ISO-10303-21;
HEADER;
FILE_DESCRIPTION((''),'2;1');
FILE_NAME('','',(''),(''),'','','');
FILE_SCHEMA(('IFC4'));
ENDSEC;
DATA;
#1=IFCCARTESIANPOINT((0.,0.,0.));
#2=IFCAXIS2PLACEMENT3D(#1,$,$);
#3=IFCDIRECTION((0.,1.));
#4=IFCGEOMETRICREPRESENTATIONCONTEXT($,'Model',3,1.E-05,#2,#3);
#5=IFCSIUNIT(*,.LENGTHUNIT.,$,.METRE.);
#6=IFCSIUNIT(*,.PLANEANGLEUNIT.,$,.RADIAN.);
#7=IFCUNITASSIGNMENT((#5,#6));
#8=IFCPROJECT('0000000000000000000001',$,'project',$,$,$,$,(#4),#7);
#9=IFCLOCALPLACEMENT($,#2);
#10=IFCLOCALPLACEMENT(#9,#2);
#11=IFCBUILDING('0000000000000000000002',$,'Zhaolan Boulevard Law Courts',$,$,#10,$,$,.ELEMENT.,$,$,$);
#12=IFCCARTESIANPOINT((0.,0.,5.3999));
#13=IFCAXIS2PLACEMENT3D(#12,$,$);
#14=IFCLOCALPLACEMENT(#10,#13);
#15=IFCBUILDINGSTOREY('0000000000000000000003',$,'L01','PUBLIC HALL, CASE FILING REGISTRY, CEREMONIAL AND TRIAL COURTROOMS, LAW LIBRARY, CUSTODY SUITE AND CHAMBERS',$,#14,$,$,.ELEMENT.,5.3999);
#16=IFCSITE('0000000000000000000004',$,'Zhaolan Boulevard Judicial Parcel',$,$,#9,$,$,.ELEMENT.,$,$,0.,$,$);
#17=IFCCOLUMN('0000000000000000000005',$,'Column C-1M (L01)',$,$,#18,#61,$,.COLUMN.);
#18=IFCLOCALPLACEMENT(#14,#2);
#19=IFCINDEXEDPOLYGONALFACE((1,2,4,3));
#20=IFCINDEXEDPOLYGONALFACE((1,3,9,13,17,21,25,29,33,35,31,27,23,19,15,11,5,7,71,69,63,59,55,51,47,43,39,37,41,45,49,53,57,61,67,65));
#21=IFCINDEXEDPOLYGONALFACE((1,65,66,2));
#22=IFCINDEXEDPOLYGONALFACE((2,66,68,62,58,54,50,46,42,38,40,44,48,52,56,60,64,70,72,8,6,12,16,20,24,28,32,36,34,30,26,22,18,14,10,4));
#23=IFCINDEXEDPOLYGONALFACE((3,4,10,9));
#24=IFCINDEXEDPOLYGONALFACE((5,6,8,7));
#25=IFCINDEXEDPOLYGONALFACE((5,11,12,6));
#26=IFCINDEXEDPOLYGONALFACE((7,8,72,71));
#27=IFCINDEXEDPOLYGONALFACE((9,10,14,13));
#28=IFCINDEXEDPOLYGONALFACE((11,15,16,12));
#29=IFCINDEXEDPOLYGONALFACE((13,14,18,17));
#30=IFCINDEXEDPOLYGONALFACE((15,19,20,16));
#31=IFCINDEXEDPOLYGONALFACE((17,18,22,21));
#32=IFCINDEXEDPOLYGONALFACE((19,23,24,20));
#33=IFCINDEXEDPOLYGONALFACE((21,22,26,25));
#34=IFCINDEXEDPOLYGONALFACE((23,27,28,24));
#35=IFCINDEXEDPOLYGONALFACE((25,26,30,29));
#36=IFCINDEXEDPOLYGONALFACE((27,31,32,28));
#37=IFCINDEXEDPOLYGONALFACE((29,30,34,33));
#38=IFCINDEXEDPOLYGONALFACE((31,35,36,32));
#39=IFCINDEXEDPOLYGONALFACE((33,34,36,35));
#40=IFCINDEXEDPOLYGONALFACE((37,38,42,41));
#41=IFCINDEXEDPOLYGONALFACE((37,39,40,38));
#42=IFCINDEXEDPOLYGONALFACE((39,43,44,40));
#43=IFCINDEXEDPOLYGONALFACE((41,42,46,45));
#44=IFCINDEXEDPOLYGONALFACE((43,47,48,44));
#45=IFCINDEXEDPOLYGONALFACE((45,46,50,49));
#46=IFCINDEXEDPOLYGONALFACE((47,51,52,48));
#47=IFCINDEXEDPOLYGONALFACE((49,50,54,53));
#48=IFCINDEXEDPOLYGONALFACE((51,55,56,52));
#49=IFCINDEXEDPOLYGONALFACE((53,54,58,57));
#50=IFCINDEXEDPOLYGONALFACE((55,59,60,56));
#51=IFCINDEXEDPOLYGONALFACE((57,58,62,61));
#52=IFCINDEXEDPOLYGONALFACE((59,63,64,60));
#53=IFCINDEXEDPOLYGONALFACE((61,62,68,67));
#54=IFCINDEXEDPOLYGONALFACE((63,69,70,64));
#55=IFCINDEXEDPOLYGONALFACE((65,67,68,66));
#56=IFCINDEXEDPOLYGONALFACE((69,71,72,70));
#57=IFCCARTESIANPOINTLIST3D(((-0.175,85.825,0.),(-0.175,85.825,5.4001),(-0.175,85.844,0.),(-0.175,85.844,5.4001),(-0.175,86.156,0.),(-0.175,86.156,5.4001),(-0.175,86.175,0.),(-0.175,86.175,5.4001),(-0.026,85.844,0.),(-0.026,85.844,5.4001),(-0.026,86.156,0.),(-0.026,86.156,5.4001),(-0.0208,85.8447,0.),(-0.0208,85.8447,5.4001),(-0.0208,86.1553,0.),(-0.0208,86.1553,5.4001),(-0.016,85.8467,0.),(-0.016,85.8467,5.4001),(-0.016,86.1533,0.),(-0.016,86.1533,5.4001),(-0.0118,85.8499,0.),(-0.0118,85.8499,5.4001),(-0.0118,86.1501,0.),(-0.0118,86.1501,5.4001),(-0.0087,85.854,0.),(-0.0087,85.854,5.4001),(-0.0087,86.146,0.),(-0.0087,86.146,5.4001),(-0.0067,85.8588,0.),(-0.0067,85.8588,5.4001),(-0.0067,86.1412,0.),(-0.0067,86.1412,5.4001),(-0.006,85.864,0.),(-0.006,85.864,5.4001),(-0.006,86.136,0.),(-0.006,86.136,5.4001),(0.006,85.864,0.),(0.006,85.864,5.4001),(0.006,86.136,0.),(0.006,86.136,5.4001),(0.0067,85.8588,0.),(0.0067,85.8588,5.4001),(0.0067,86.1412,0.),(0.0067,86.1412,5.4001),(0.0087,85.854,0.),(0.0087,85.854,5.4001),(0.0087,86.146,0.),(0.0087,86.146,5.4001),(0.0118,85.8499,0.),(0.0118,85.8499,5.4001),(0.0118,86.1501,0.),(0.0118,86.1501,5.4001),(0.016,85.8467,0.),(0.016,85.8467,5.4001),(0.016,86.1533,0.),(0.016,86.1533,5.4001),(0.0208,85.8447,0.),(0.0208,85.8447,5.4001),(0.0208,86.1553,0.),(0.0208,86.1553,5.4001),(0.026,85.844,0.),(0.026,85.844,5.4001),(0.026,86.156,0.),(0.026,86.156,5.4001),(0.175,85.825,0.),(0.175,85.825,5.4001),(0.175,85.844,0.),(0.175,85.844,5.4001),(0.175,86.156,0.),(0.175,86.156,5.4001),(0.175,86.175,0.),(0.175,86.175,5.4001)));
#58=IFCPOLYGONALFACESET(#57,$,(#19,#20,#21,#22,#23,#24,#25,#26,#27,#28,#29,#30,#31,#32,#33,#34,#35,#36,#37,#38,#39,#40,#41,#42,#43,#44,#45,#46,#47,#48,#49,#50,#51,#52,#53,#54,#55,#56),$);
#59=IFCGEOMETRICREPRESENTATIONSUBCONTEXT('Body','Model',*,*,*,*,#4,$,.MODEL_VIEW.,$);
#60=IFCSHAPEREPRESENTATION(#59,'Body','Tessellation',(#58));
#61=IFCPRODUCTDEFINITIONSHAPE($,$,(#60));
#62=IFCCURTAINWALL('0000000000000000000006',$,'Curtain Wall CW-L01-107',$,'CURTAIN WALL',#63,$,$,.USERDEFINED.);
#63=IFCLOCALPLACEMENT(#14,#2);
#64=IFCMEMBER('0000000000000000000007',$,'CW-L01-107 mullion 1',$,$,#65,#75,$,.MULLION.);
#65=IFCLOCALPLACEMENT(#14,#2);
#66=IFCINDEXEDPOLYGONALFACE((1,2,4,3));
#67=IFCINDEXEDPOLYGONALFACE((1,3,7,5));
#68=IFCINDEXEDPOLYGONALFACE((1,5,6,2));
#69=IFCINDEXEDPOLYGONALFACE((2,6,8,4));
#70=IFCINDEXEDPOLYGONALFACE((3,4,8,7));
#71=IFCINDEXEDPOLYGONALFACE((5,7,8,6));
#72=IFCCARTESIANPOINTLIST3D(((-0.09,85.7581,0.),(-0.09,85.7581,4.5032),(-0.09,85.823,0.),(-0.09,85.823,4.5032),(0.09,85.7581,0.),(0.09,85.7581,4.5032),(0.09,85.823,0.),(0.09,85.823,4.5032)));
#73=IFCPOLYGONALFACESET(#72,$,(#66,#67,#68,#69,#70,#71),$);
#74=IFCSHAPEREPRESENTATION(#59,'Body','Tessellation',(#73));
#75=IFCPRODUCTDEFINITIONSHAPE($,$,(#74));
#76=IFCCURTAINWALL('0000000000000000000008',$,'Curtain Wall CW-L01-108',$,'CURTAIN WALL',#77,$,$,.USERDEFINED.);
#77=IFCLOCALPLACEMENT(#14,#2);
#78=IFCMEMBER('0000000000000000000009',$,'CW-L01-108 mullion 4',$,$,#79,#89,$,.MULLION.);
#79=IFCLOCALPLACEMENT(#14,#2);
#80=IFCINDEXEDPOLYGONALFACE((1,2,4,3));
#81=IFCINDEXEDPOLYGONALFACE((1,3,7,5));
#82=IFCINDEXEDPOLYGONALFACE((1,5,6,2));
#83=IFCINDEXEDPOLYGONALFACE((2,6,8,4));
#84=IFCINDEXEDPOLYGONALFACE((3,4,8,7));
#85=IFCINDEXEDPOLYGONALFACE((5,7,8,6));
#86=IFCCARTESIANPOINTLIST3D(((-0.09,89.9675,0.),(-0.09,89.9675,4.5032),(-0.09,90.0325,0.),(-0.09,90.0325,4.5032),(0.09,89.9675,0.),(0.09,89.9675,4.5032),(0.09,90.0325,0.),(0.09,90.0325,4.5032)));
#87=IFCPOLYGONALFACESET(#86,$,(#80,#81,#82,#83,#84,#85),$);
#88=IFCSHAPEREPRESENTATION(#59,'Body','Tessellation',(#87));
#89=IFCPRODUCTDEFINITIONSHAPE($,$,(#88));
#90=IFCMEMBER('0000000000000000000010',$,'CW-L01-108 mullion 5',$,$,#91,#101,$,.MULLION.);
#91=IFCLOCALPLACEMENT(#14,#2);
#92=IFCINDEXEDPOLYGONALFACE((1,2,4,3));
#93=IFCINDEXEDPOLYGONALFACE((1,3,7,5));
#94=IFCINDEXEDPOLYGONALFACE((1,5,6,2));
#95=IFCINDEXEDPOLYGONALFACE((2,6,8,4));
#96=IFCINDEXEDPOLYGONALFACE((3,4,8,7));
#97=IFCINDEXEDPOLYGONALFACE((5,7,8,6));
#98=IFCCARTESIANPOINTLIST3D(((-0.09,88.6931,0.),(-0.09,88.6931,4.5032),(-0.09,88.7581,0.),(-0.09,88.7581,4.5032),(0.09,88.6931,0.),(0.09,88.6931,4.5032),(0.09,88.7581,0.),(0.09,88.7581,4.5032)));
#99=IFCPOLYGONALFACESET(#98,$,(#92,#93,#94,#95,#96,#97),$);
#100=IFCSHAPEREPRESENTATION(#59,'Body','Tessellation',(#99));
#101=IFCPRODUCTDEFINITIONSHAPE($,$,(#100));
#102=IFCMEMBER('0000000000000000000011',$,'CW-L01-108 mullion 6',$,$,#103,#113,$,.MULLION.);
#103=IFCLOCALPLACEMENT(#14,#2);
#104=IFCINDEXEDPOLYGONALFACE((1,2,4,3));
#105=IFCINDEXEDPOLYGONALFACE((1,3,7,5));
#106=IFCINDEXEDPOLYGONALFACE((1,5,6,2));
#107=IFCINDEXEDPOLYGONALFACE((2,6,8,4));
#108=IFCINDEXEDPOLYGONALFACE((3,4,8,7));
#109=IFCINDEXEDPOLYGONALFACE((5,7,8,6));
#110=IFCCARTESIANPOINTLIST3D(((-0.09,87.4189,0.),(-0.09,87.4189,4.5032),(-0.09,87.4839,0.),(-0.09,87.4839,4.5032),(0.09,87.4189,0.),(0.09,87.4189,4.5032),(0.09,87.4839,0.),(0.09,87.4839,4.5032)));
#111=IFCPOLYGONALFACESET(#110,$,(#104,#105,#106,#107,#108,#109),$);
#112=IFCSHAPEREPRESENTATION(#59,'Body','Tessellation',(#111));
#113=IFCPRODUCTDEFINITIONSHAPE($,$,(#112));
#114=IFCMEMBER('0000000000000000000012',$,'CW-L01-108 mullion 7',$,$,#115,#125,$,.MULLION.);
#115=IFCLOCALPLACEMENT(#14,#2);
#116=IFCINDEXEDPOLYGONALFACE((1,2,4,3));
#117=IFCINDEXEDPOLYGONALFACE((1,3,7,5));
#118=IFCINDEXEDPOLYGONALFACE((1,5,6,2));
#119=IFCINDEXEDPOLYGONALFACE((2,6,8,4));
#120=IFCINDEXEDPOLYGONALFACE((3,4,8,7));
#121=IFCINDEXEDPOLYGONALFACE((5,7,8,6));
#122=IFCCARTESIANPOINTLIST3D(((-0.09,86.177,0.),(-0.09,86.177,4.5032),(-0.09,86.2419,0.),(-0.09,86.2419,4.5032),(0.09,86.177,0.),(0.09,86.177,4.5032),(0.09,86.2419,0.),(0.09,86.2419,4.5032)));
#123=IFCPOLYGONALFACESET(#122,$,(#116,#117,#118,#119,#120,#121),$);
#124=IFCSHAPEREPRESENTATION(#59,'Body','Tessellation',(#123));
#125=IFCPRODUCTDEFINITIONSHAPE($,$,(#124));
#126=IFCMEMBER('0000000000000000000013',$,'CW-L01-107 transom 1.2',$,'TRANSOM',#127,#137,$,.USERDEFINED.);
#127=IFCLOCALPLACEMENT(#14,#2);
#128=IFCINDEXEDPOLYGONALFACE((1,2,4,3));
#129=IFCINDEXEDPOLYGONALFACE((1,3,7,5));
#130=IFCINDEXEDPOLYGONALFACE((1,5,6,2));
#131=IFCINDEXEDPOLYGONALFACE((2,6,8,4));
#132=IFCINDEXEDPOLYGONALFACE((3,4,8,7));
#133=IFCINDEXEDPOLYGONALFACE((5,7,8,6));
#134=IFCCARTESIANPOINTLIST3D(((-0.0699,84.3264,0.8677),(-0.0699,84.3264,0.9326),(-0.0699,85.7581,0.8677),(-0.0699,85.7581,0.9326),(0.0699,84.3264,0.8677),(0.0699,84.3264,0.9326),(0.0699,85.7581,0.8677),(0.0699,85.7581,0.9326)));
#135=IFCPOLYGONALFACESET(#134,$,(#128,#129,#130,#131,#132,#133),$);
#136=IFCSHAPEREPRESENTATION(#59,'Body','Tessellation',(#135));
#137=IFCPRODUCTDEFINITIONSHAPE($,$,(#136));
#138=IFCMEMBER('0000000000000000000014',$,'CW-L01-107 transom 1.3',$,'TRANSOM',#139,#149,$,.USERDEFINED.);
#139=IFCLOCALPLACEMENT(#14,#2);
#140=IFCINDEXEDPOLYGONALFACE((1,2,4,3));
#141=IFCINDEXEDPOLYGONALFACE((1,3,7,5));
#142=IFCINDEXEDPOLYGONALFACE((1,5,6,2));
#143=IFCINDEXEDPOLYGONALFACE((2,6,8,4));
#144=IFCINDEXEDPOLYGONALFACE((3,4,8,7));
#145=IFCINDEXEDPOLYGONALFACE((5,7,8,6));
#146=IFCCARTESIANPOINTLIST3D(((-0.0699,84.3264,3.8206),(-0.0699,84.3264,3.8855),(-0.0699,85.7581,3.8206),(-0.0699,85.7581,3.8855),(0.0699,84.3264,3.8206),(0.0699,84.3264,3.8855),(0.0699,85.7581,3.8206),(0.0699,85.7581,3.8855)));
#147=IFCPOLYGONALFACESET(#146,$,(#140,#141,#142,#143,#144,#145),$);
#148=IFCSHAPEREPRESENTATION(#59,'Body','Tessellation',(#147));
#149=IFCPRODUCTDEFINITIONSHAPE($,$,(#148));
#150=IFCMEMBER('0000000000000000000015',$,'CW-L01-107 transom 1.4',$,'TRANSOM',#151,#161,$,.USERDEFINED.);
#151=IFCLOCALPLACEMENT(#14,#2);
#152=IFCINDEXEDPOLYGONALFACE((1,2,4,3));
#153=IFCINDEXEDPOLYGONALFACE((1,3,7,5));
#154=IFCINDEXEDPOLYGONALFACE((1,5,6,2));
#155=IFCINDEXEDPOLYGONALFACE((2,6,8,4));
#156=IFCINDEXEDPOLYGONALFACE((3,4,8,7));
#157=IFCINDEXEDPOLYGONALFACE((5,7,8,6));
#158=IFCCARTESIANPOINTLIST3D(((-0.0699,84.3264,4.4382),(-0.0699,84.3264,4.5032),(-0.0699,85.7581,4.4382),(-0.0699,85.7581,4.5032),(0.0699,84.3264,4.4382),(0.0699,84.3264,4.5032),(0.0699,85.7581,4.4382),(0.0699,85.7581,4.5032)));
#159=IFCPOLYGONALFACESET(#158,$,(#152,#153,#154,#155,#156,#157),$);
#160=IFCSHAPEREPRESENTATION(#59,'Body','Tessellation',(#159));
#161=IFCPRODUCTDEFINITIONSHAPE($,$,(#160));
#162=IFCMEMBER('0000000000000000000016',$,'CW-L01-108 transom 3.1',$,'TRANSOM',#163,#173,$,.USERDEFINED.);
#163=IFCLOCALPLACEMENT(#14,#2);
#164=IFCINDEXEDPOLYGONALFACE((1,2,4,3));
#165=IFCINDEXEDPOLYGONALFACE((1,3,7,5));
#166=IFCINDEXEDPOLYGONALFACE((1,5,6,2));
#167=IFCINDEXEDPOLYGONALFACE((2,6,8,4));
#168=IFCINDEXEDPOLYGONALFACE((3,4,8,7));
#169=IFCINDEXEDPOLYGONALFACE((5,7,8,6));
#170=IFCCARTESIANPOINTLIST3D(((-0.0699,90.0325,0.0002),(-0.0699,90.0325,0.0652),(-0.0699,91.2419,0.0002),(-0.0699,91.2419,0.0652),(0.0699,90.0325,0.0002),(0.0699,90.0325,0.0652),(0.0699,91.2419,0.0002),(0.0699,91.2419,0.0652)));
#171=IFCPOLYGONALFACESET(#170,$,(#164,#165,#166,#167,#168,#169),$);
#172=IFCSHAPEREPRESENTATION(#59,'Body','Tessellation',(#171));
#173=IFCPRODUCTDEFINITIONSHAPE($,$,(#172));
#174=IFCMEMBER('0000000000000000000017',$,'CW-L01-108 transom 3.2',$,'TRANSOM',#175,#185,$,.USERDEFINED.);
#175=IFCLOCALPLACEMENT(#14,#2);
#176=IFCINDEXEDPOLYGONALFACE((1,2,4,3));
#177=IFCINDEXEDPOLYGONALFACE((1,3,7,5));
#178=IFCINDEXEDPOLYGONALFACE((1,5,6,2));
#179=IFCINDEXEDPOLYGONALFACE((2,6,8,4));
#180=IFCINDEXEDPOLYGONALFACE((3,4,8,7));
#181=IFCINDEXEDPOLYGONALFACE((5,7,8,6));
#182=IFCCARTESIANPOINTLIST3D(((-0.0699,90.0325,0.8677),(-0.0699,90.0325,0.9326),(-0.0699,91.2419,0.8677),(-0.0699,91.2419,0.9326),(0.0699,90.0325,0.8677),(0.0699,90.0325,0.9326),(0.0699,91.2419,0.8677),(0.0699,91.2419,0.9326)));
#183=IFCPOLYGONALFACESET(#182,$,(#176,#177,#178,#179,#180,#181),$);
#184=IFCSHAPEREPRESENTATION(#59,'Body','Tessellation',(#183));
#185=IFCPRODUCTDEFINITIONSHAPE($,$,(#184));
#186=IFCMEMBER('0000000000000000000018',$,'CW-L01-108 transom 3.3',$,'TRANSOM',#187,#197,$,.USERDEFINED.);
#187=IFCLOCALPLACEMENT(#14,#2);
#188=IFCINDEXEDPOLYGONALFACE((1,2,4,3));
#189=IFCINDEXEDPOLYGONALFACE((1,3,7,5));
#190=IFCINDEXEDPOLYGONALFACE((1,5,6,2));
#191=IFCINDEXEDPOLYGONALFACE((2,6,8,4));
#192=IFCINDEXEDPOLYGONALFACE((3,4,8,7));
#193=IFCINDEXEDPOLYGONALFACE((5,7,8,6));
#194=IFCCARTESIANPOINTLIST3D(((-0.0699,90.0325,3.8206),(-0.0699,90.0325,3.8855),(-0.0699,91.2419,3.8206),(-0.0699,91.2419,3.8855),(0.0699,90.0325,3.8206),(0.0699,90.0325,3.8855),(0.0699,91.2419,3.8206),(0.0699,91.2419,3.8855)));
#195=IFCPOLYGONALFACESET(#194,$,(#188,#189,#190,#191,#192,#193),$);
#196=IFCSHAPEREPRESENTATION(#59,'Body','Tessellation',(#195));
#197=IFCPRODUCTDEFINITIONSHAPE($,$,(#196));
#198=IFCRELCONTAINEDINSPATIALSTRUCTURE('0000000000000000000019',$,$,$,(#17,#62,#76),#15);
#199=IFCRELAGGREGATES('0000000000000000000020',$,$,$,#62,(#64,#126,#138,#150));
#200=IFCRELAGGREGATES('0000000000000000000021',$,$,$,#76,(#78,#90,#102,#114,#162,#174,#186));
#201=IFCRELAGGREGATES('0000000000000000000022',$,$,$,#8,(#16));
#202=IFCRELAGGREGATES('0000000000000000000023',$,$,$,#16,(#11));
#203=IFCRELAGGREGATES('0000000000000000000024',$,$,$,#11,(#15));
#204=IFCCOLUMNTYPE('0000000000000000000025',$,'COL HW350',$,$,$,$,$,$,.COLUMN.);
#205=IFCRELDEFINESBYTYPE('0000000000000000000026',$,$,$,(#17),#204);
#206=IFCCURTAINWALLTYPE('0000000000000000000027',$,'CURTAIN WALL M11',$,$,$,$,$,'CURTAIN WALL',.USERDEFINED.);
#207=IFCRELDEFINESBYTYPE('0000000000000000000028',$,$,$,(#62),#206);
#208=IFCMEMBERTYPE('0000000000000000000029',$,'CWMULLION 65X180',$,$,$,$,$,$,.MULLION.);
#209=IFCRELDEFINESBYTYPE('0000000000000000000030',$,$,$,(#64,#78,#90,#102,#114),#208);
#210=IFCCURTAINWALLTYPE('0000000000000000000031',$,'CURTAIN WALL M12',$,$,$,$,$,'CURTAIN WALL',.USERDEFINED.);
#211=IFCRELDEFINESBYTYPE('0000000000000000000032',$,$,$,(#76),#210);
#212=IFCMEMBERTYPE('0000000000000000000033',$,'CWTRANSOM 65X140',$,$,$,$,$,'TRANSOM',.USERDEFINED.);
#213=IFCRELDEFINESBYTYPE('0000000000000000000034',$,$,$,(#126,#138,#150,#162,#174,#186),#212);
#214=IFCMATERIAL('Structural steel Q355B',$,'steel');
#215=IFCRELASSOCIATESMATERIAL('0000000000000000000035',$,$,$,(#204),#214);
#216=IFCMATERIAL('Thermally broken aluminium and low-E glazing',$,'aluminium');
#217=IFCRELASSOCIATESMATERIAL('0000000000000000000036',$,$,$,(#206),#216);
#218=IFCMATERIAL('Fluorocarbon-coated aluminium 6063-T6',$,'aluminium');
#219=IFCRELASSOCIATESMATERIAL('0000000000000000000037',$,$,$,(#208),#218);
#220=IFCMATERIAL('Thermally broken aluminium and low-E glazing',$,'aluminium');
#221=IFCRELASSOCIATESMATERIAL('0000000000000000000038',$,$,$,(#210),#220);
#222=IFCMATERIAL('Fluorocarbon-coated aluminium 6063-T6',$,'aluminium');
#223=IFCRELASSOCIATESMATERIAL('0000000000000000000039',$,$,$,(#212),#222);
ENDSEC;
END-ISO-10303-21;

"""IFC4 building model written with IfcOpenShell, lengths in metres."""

from ifc_helpers import new_model, si_unit, direction, frame, origin, origin_2d, place, context, subcontext, project, spatial, rectangle, i_section, extrude, material, material_profile, profile_set, type_object, element, aggregate, save


model = new_model("IFC4")

# Units and contexts
model_context = context("Model", 3, precision=1e-05, world=origin(), true_north=direction((0.0, 1.0)))
body_context = subcontext(model_context, "Body", "Model", "MODEL_VIEW")
ifc_project = project(units=[si_unit("LENGTHUNIT", "METRE"), si_unit("PLANEANGLEUNIT", "RADIAN")], contexts=[model_context])

# Site, building, storey
site_placement = place(None, origin())
site = spatial("IfcSite", under=ifc_project, at=site_placement, Name="Zhaolan Boulevard Judicial Parcel", CompositionType="ELEMENT", RefElevation=0.0)
building_placement = place(site_placement, origin())
building = spatial("IfcBuilding", under=site, at=building_placement, Name="Zhaolan Boulevard Law Courts", CompositionType="ELEMENT")
storey_placement = place(building_placement, frame((0.0, 0.0, 5.3999)))
storey = spatial("IfcBuildingStorey", under=building, at=storey_placement, Name="L01", Description="PUBLIC HALL, CASE FILING REGISTRY, CEREMONIAL AND TRIAL COURTROOMS, LAW LIBRARY, CUSTODY SUITE AND CHAMBERS", CompositionType="ELEMENT", Elevation=5.3999)

# Column
ifc_material_1 = material(Name="Structural steel Q355B", Category="steel")
ifc_material_profile_1 = material_profile(ifc_material_1, i_section(OverallWidth=0.3501, OverallDepth=0.3501, WebThickness=0.012, FlangeThickness=0.019, FilletRadius=0.02, at=origin_2d()), Name="HW350x350")
ifc_profile_set_1 = profile_set([ifc_material_profile_1], Name="Structural steel Q355B")
column_type = type_object("IfcColumnType", Name="COL HW350", PredefinedType="COLUMN", material=ifc_profile_set_1)
column_placement = place(storey_placement, frame((0.0, 86.0, 0.0), z_axis=(0.0, 0.0, 1.0), x_axis=(1.0, 0.0, 0.0)))
element("IfcColumn", 1, at=column_placement, inside=storey, type_object=column_type, Name="Column C-1M (L01)", PredefinedType="COLUMN", context=body_context, shape_type="SweptSolid", body=[
    extrude(i_section(OverallWidth=0.3501, OverallDepth=0.3501, WebThickness=0.012, FlangeThickness=0.019, FilletRadius=0.02, at=origin_2d()), origin(), (0.0, 0.0, 1.0), 5.4001),
])

# Curtain wall, member
ifc_material_2 = material(Name="Thermally broken aluminium and low-E glazing", Category="aluminium")
curtain_wall_type_1 = type_object("IfcCurtainWallType", Name="CURTAIN WALL M11", ElementType="CURTAIN WALL", PredefinedType="USERDEFINED", material=ifc_material_2)
curtain_wall_1_placement = place(storey_placement, origin())
curtain_wall_1 = element("IfcCurtainWall", 2, at=curtain_wall_1_placement, inside=storey, type_object=curtain_wall_type_1, Name="Curtain Wall CW-L01-107", ObjectType="CURTAIN WALL", PredefinedType="USERDEFINED")
ifc_material_3 = material(Name="Fluorocarbon-coated aluminium 6063-T6", Category="aluminium")
ifc_material_profile_2 = material_profile(ifc_material_3, rectangle(XDim=0.1799, YDim=0.0649, at=origin_2d()), Name="AL65x180")
ifc_profile_set_2 = profile_set([ifc_material_profile_2], Name="Fluorocarbon-coated aluminium 6063-T6")
member_type_1 = type_object("IfcMemberType", Name="CWMULLION 65X180", PredefinedType="MULLION", material=ifc_profile_set_2)
member_1_placement = place(storey_placement, frame((0.0, 85.7905, 0.0), z_axis=(0.0, 0.0, 1.0), x_axis=(1.0, 0.0, 0.0)))
member_1 = element("IfcMember", 3, at=member_1_placement, type_object=member_type_1, Name="CW-L01-107 mullion 1", PredefinedType="MULLION", context=body_context, shape_type="SweptSolid", body=[
    extrude(rectangle(XDim=0.1799, YDim=0.0649, at=origin_2d()), origin(), (0.0, 0.0, 1.0), 4.5032),
])

# Curtain wall, members
ifc_material_4 = material(Name="Thermally broken aluminium and low-E glazing", Category="aluminium")
curtain_wall_type_2 = type_object("IfcCurtainWallType", Name="CURTAIN WALL M12", ElementType="CURTAIN WALL", PredefinedType="USERDEFINED", material=ifc_material_4)
curtain_wall_2_placement = place(storey_placement, origin())
curtain_wall_2 = element("IfcCurtainWall", 4, at=curtain_wall_2_placement, inside=storey, type_object=curtain_wall_type_2, Name="Curtain Wall CW-L01-108", ObjectType="CURTAIN WALL", PredefinedType="USERDEFINED")
member_2_placement = place(storey_placement, frame((0.0, 90.0, 0.0), z_axis=(0.0, 0.0, 1.0), x_axis=(1.0, 0.0, 0.0)))
member_2 = element("IfcMember", 5, at=member_2_placement, type_object=member_type_1, Name="CW-L01-108 mullion 4", PredefinedType="MULLION", context=body_context, shape_type="SweptSolid", body=[
    extrude(rectangle(XDim=0.1799, YDim=0.0649, at=origin_2d()), origin(), (0.0, 0.0, 1.0), 4.5032),
])
member_3_placement = place(storey_placement, frame((0.0, 88.7256, 0.0), z_axis=(0.0, 0.0, 1.0), x_axis=(1.0, 0.0, 0.0)))
member_3 = element("IfcMember", 6, at=member_3_placement, type_object=member_type_1, Name="CW-L01-108 mullion 5", PredefinedType="MULLION", context=body_context, shape_type="SweptSolid", body=[
    extrude(rectangle(XDim=0.1799, YDim=0.0649, at=origin_2d()), origin(), (0.0, 0.0, 1.0), 4.5032),
])
member_4_placement = place(storey_placement, frame((0.0, 87.4514, 0.0), z_axis=(0.0, 0.0, 1.0), x_axis=(1.0, 0.0, 0.0)))
member_4 = element("IfcMember", 7, at=member_4_placement, type_object=member_type_1, Name="CW-L01-108 mullion 6", PredefinedType="MULLION", context=body_context, shape_type="SweptSolid", body=[
    extrude(rectangle(XDim=0.1799, YDim=0.0649, at=origin_2d()), origin(), (0.0, 0.0, 1.0), 4.5032),
])
member_5_placement = place(storey_placement, frame((0.0, 86.2095, 0.0), z_axis=(0.0, 0.0, 1.0), x_axis=(1.0, 0.0, 0.0)))
member_5 = element("IfcMember", 8, at=member_5_placement, type_object=member_type_1, Name="CW-L01-108 mullion 7", PredefinedType="MULLION", context=body_context, shape_type="SweptSolid", body=[
    extrude(rectangle(XDim=0.1799, YDim=0.0649, at=origin_2d()), origin(), (0.0, 0.0, 1.0), 4.5032),
])

# Members
ifc_material_5 = material(Name="Fluorocarbon-coated aluminium 6063-T6", Category="aluminium")
ifc_material_profile_3 = material_profile(ifc_material_5, rectangle(XDim=0.1399, YDim=0.0649, at=origin_2d()), Name="AL65x140")
ifc_profile_set_3 = profile_set([ifc_material_profile_3], Name="Fluorocarbon-coated aluminium 6063-T6")
member_type_2 = type_object("IfcMemberType", Name="CWTRANSOM 65X140", ElementType="TRANSOM", PredefinedType="USERDEFINED", material=ifc_profile_set_3)
member_6_placement = place(storey_placement, frame((0.0, 85.7581, 0.9001), z_axis=(0.0, -1.0, 0.0), x_axis=(1.0, 0.0, 0.0)))
member_6 = element("IfcMember", 9, at=member_6_placement, type_object=member_type_2, Name="CW-L01-107 transom 1.2", ObjectType="TRANSOM", PredefinedType="USERDEFINED", context=body_context, shape_type="SweptSolid", body=[
    extrude(rectangle(XDim=0.1399, YDim=0.0649, at=origin_2d()), origin(), (0.0, 0.0, 1.0), 1.4316),
])
member_7_placement = place(storey_placement, frame((0.0, 85.7581, 3.853), z_axis=(0.0, -1.0, 0.0), x_axis=(1.0, 0.0, 0.0)))
member_7 = element("IfcMember", 10, at=member_7_placement, type_object=member_type_2, Name="CW-L01-107 transom 1.3", ObjectType="TRANSOM", PredefinedType="USERDEFINED", context=body_context, shape_type="SweptSolid", body=[
    extrude(rectangle(XDim=0.1399, YDim=0.0649, at=origin_2d()), origin(), (0.0, 0.0, 1.0), 1.4316),
])
member_8_placement = place(storey_placement, frame((0.0, 85.7581, 4.4707), z_axis=(0.0, -1.0, 0.0), x_axis=(1.0, 0.0, 0.0)))
member_8 = element("IfcMember", 11, at=member_8_placement, type_object=member_type_2, Name="CW-L01-107 transom 1.4", ObjectType="TRANSOM", PredefinedType="USERDEFINED", context=body_context, shape_type="SweptSolid", body=[
    extrude(rectangle(XDim=0.1399, YDim=0.0649, at=origin_2d()), origin(), (0.0, 0.0, 1.0), 1.4316),
])
aggregate(curtain_wall_1, [member_1, member_6, member_7, member_8])
member_9_placement = place(storey_placement, frame((0.0, 91.2419, 0.0327), z_axis=(0.0, -1.0, 0.0), x_axis=(1.0, 0.0, 0.0)))
member_9 = element("IfcMember", 12, at=member_9_placement, type_object=member_type_2, Name="CW-L01-108 transom 3.1", ObjectType="TRANSOM", PredefinedType="USERDEFINED", context=body_context, shape_type="SweptSolid", body=[
    extrude(rectangle(XDim=0.1399, YDim=0.0649, at=origin_2d()), origin(), (0.0, 0.0, 1.0), 1.2095),
])
member_10_placement = place(storey_placement, frame((0.0, 91.2419, 0.9001), z_axis=(0.0, -1.0, 0.0), x_axis=(1.0, 0.0, 0.0)))
member_10 = element("IfcMember", 13, at=member_10_placement, type_object=member_type_2, Name="CW-L01-108 transom 3.2", ObjectType="TRANSOM", PredefinedType="USERDEFINED", context=body_context, shape_type="SweptSolid", body=[
    extrude(rectangle(XDim=0.1399, YDim=0.0649, at=origin_2d()), origin(), (0.0, 0.0, 1.0), 1.2095),
])
member_11_placement = place(storey_placement, frame((0.0, 91.2419, 3.853), z_axis=(0.0, -1.0, 0.0), x_axis=(1.0, 0.0, 0.0)))
member_11 = element("IfcMember", 14, at=member_11_placement, type_object=member_type_2, Name="CW-L01-108 transom 3.3", ObjectType="TRANSOM", PredefinedType="USERDEFINED", context=body_context, shape_type="SweptSolid", body=[
    extrude(rectangle(XDim=0.1399, YDim=0.0649, at=origin_2d()), origin(), (0.0, 0.0, 1.0), 1.2095),
])

aggregate(curtain_wall_2, [member_2, member_3, member_4, member_5, member_9, member_10, member_11])

save(model, "model.ifc")
